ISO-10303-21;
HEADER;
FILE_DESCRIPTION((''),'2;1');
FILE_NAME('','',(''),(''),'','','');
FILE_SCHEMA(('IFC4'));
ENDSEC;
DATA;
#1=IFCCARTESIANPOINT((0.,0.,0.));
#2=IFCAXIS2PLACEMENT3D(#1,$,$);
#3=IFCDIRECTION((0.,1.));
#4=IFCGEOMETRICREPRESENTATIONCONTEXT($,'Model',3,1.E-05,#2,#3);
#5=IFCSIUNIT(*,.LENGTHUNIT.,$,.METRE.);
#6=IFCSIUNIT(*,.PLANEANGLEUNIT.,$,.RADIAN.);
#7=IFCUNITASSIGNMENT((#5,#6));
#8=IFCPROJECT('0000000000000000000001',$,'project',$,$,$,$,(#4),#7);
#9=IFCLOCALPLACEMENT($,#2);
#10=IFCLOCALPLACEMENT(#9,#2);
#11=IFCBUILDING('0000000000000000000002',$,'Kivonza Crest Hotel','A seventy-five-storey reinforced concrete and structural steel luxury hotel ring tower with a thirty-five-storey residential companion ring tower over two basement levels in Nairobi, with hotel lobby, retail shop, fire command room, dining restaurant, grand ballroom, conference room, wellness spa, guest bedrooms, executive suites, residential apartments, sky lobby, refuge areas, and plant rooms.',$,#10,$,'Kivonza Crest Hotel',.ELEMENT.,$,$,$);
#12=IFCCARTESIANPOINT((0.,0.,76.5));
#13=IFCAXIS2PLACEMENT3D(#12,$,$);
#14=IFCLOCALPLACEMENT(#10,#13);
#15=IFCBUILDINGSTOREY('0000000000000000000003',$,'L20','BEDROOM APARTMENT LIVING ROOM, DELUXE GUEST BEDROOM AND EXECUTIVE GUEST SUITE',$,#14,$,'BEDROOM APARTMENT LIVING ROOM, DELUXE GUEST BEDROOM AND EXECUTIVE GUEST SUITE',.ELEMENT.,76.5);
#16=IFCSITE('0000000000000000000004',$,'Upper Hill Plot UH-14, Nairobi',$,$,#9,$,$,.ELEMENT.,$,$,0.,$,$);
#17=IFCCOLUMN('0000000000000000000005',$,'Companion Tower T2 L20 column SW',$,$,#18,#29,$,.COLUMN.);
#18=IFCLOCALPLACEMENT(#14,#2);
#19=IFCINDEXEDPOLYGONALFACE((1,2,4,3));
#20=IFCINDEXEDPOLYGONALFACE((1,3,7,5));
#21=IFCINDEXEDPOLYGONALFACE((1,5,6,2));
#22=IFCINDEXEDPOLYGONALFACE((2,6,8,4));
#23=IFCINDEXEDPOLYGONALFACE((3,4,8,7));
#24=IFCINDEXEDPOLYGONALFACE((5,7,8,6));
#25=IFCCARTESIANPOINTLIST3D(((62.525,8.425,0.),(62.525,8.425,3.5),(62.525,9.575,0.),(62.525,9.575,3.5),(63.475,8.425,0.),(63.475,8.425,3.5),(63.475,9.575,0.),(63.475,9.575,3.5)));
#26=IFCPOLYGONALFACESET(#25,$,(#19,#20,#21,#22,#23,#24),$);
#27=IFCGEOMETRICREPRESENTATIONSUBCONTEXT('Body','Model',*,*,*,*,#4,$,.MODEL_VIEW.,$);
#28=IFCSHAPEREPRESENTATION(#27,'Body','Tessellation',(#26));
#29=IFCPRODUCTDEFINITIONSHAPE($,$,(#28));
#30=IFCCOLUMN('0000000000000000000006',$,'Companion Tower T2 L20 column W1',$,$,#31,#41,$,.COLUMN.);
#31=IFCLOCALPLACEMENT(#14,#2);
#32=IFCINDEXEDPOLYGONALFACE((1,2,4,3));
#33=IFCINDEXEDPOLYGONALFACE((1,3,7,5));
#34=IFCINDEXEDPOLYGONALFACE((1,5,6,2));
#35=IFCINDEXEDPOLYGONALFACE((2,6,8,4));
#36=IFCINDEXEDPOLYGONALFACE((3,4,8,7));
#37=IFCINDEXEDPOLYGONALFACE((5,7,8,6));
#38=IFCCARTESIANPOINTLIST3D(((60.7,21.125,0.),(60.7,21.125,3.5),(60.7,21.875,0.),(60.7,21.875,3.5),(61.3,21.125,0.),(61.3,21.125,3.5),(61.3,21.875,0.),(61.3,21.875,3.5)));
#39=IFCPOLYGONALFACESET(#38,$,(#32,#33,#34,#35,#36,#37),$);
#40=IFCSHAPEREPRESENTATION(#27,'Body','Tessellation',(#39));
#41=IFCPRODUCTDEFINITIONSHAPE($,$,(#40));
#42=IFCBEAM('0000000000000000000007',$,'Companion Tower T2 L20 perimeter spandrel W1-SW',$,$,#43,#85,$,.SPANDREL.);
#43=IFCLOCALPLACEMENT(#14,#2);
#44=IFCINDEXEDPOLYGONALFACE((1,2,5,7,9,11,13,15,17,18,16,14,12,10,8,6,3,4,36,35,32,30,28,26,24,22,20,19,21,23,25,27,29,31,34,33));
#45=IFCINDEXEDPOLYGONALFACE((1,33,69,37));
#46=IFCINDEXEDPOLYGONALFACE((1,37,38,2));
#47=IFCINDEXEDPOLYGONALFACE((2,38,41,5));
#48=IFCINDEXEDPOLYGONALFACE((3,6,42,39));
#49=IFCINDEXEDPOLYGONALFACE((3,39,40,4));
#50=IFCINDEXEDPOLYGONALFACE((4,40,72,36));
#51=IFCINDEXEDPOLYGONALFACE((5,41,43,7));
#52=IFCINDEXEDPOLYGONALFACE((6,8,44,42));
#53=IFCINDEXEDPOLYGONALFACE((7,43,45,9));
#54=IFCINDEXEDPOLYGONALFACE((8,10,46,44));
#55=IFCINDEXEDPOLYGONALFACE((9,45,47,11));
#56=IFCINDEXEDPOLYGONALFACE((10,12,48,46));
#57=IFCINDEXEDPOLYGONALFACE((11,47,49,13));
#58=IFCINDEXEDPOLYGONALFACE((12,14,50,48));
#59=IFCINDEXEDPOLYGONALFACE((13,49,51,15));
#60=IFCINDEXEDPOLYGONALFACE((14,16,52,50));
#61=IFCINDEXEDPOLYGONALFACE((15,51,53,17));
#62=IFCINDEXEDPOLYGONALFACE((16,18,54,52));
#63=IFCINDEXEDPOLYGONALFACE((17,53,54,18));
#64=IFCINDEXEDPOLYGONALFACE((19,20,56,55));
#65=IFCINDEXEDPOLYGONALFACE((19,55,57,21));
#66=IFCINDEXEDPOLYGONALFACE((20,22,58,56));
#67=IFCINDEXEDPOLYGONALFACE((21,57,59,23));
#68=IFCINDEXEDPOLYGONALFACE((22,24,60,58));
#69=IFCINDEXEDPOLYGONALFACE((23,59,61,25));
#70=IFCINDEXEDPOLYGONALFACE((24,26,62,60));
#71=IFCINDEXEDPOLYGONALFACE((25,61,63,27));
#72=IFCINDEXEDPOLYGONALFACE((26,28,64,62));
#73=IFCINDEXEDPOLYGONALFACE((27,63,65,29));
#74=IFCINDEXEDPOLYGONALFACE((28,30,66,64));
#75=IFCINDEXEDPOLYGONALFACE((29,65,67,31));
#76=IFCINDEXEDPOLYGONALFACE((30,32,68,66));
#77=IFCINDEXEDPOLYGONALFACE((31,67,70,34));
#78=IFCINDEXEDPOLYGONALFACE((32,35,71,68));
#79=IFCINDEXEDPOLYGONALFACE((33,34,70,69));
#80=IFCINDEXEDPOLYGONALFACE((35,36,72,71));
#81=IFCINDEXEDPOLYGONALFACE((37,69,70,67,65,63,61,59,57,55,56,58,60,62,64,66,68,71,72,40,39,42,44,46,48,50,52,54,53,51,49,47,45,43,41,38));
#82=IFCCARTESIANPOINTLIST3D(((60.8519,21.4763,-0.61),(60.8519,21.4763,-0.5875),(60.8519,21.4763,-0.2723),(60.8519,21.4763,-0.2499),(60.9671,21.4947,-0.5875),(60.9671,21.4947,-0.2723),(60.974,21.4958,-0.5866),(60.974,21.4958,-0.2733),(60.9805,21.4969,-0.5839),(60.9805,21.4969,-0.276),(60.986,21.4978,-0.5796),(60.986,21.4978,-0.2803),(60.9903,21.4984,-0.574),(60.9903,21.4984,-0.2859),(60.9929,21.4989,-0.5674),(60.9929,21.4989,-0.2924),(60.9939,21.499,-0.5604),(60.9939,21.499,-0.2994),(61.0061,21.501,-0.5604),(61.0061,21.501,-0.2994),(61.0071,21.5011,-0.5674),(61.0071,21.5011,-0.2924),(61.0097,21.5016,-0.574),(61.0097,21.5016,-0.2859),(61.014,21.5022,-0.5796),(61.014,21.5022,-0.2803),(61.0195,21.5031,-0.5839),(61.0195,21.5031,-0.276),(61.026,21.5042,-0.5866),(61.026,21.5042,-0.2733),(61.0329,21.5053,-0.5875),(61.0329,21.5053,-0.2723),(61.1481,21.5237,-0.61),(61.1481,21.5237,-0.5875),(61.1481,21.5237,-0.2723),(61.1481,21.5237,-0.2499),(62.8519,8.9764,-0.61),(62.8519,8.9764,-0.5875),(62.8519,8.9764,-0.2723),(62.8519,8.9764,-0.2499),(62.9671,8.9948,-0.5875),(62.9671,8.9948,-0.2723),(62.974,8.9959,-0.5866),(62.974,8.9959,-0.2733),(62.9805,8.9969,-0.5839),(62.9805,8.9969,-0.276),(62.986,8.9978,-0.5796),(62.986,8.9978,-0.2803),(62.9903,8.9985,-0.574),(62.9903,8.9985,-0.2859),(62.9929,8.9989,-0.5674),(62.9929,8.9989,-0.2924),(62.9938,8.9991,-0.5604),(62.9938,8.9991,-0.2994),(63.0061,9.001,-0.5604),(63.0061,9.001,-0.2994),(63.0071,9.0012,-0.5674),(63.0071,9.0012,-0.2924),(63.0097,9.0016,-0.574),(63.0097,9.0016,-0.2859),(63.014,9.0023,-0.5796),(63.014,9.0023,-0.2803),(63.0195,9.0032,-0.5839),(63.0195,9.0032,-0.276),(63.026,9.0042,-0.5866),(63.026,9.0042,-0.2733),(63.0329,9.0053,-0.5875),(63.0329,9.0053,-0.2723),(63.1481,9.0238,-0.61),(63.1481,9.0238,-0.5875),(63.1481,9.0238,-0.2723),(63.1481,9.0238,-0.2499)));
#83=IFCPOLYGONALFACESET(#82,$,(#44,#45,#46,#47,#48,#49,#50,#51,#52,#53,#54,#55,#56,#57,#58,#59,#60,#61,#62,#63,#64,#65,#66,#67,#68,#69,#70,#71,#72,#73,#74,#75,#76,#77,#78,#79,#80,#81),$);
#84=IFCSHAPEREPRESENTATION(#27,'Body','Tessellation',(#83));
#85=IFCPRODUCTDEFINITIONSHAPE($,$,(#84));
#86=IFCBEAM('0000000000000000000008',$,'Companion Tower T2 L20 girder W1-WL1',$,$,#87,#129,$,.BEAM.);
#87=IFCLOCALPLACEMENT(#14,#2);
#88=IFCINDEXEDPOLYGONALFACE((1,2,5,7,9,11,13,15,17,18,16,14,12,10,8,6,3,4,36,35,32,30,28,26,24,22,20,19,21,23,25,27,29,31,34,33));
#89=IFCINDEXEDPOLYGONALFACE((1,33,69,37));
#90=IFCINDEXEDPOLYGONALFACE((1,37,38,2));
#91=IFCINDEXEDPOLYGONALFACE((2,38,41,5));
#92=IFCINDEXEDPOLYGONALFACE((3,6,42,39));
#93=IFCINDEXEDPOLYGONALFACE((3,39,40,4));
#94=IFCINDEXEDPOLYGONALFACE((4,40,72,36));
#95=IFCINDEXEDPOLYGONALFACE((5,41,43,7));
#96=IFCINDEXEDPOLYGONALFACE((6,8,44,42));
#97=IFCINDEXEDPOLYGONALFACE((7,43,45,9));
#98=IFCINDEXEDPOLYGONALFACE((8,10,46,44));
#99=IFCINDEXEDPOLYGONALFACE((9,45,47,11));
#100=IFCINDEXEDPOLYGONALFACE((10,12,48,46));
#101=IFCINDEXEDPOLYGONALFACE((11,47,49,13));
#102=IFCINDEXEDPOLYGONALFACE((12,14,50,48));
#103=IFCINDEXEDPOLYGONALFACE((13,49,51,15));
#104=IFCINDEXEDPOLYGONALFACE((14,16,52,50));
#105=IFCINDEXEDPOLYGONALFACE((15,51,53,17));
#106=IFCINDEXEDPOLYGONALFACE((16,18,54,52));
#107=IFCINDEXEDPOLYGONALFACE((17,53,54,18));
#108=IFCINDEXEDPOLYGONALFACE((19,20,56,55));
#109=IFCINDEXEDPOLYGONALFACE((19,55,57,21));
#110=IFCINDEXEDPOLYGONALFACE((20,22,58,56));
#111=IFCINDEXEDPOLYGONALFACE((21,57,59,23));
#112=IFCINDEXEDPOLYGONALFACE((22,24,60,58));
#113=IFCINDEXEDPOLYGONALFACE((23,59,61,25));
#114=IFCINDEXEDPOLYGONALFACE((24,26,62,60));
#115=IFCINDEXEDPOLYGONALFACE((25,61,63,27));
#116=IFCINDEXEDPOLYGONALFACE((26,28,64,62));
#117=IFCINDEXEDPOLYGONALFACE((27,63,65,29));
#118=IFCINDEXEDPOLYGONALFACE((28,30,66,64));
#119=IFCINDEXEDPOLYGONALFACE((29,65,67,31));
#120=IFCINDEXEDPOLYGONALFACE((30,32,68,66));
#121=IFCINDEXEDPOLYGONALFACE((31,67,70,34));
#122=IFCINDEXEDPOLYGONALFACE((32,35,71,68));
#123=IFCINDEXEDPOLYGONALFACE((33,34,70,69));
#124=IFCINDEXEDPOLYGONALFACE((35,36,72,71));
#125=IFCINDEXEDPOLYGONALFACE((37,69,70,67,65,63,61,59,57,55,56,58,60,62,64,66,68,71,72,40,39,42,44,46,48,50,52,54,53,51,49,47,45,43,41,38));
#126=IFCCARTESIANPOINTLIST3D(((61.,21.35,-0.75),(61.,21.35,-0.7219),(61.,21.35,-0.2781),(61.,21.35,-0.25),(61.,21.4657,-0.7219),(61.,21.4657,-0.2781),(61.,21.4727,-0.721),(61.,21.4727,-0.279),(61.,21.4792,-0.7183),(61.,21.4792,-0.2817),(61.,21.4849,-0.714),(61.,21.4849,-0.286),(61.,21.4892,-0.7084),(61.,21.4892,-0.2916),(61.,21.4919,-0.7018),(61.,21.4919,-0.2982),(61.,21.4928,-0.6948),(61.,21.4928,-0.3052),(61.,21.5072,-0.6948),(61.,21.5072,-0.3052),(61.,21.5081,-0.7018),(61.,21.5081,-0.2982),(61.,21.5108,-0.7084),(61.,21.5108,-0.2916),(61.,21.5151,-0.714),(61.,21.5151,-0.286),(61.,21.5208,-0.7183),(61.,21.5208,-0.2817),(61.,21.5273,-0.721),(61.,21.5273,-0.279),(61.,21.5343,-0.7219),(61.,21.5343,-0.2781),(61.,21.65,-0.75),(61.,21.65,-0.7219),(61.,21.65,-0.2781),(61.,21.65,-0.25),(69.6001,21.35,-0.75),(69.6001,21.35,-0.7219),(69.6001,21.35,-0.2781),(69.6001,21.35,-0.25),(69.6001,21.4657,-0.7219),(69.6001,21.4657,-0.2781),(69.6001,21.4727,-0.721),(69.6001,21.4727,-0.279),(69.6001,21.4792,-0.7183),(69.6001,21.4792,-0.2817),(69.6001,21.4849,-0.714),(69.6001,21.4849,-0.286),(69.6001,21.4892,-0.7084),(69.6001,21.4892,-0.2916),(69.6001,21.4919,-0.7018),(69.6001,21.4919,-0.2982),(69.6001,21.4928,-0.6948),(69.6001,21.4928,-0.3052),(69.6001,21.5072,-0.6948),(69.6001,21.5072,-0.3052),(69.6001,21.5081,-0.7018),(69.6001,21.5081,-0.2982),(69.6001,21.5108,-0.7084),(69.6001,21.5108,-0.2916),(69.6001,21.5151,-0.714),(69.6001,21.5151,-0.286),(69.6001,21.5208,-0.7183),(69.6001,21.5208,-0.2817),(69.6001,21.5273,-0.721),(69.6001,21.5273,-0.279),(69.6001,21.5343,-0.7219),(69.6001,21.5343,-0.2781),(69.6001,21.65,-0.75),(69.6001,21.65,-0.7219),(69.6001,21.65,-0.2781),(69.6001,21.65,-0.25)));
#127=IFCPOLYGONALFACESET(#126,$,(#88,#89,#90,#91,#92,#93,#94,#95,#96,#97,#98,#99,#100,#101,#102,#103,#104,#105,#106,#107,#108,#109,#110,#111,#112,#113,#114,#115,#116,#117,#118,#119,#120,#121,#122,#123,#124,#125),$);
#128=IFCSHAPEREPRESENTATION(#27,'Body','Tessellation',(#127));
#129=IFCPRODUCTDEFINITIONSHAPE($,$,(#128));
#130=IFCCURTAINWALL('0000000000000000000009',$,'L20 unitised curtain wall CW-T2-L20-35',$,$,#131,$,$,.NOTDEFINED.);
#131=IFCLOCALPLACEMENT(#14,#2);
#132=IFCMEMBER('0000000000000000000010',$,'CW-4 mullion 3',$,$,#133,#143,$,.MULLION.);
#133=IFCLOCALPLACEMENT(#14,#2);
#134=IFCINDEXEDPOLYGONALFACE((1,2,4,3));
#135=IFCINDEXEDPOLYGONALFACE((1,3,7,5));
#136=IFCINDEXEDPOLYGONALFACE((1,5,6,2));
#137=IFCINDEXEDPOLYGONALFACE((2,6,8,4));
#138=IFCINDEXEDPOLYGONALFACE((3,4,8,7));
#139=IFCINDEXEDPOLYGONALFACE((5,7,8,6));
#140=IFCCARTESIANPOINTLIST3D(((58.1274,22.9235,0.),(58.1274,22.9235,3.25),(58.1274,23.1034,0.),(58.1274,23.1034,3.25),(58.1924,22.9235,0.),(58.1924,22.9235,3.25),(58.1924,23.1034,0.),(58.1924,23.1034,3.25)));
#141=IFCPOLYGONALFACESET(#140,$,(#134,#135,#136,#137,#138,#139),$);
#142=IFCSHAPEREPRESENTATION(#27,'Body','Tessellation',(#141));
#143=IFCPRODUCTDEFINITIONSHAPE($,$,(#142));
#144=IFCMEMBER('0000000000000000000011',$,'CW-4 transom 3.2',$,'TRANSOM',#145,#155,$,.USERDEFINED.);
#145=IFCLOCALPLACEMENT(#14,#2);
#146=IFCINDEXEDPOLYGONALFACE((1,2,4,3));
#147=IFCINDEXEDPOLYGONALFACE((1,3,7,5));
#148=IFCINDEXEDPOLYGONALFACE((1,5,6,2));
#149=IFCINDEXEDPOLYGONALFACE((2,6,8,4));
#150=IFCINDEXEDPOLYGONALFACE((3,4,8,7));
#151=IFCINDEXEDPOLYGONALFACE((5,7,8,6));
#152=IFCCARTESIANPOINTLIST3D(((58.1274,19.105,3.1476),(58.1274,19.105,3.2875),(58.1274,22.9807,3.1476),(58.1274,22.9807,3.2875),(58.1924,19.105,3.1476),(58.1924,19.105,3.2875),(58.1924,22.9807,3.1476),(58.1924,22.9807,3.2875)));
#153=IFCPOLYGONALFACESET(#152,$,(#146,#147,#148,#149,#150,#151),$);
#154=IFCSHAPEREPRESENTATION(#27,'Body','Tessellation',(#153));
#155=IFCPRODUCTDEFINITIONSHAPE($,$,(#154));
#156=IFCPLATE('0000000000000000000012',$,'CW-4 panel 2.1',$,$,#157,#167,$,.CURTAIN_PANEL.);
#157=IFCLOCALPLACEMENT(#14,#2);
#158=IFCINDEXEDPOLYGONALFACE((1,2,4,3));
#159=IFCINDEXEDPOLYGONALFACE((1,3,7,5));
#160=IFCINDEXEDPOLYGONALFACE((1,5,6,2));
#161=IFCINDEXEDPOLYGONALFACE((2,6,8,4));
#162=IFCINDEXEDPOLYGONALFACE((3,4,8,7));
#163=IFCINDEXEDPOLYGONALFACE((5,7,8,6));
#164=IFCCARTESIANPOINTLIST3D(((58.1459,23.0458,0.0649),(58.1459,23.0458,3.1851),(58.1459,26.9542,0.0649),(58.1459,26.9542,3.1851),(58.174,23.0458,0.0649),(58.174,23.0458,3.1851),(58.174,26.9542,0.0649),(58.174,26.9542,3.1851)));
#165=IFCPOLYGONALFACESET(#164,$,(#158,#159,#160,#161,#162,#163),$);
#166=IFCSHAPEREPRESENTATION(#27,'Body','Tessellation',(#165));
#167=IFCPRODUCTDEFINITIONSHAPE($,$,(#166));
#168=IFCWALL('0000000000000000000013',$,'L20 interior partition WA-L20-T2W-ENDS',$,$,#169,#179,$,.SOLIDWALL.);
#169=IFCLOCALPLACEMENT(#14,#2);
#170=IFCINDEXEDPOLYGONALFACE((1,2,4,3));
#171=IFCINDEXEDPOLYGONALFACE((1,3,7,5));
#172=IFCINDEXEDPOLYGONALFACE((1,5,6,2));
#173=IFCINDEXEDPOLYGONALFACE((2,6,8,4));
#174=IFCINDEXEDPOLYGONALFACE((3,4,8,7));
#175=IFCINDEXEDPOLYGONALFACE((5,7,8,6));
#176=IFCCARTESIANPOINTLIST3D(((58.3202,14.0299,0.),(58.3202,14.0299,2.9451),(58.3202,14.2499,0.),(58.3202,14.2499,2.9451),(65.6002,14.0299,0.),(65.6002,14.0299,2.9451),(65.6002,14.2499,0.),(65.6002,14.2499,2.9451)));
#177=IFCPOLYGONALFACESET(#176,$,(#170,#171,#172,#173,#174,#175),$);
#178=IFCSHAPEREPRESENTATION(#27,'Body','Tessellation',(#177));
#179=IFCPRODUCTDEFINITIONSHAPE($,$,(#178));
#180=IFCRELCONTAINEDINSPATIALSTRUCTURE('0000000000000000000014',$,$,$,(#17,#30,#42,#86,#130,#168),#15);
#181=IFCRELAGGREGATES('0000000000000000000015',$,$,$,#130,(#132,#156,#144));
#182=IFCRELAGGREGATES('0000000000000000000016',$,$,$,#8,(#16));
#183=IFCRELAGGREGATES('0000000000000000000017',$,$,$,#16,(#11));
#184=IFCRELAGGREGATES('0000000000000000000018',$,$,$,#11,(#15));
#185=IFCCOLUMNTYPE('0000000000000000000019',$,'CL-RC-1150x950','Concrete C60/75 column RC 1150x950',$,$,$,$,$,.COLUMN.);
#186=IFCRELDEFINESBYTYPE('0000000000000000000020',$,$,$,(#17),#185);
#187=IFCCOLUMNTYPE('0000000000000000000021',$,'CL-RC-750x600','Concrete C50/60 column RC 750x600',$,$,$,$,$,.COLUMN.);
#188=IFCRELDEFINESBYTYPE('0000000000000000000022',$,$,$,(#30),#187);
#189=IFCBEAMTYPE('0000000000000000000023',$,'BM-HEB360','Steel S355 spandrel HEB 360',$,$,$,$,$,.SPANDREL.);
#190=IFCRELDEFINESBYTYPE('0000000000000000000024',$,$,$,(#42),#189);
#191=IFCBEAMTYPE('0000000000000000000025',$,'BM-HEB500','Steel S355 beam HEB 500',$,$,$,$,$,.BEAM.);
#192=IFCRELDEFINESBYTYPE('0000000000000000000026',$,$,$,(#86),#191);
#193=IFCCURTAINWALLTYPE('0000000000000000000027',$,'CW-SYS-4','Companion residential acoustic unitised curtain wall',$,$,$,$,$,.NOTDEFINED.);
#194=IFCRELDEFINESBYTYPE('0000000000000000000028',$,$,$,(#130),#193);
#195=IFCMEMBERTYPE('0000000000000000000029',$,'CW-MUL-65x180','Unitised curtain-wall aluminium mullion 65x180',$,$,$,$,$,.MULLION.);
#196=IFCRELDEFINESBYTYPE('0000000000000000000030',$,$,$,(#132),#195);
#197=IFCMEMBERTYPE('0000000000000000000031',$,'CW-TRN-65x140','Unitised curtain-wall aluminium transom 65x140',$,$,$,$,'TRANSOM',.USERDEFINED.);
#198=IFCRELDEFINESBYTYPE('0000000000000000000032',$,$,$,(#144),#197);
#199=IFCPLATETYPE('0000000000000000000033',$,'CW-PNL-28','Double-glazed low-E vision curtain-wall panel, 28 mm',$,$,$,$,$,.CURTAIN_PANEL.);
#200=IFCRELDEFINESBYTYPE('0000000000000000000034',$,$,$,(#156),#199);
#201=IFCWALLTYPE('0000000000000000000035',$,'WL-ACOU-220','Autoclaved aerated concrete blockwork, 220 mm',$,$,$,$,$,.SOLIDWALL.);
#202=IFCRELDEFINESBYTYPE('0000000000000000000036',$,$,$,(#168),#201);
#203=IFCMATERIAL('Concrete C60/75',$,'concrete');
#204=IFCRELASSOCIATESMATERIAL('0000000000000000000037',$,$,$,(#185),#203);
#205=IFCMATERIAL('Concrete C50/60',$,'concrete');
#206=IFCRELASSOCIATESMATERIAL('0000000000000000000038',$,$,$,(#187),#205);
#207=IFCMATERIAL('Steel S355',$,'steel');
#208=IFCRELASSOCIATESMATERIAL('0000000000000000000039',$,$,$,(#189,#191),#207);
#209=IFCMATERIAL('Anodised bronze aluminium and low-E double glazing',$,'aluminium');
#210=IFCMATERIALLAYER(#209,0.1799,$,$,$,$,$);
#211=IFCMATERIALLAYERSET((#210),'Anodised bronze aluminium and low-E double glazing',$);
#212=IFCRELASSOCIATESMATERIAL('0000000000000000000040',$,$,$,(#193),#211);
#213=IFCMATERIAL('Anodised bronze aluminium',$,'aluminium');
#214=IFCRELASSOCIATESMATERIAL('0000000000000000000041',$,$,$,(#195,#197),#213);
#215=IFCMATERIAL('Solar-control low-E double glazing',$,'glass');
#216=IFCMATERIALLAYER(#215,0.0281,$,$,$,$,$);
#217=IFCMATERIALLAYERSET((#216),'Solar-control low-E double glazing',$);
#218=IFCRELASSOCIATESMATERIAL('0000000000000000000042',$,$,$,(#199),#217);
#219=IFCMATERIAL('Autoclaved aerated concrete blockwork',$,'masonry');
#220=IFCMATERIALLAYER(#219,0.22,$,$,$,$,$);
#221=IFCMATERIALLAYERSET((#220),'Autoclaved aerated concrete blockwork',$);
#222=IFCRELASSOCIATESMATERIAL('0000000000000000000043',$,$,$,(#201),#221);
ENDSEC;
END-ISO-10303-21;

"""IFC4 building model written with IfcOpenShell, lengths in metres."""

from ifc_helpers import new_model, si_unit, direction, frame, frame_2d, origin, origin_2d, place, context, subcontext, project, spatial, rectangle, i_section, extrude, material, layer, layer_set, material_profile, profile_set, type_object, element, aggregate, save


model = new_model("IFC4")

# Units and contexts
model_context = context("Model", 3, precision=1e-05, world=origin(), true_north=direction((0.0, 1.0)))
body_context = subcontext(model_context, "Body", "Model", "MODEL_VIEW")
ifc_project = project(units=[si_unit("LENGTHUNIT", "METRE"), si_unit("PLANEANGLEUNIT", "RADIAN")], contexts=[model_context])

# Site, building, storey
site_placement = place(None, origin())
site = spatial("IfcSite", under=ifc_project, at=site_placement, Name="Upper Hill Plot UH-14, Nairobi", CompositionType="ELEMENT", RefElevation=0.0)
building_placement = place(site_placement, origin())
building = spatial("IfcBuilding", under=site, at=building_placement, Name="Kivonza Crest Hotel", Description="A seventy-five-storey reinforced concrete and structural steel luxury hotel ring tower with a thirty-five-storey residential companion ring tower over two basement levels in Nairobi, with hotel lobby, retail shop, fire command room, dining restaurant, grand ballroom, conference room, wellness spa, guest bedrooms, executive suites, residential apartments, sky lobby, refuge areas, and plant rooms.", LongName="Kivonza Crest Hotel", CompositionType="ELEMENT")
storey_placement = place(building_placement, frame((0.0, 0.0, 76.5)))
storey = spatial("IfcBuildingStorey", under=building, at=storey_placement, Name="L20", Description="BEDROOM APARTMENT LIVING ROOM, DELUXE GUEST BEDROOM AND EXECUTIVE GUEST SUITE", LongName="BEDROOM APARTMENT LIVING ROOM, DELUXE GUEST BEDROOM AND EXECUTIVE GUEST SUITE", CompositionType="ELEMENT", Elevation=76.5)

# Columns
ifc_material_1 = material(Name="Concrete C60/75", Category="concrete")
ifc_material_profile_1 = material_profile(ifc_material_1, rectangle(XDim=0.95, YDim=1.1499, at=origin_2d()), Name="RC 1150x950")
ifc_profile_set_1 = profile_set([ifc_material_profile_1], Name="Concrete C60/75")
column_type_1 = type_object("IfcColumnType", Name="CL-RC-1150x950", Description="Concrete C60/75 column RC 1150x950", PredefinedType="COLUMN", material=ifc_profile_set_1)
column_1_placement = place(storey_placement, frame((63.0, 9.0, 0.0), z_axis=(0.0, 0.0, 1.0), x_axis=(1.0, 0.0, 0.0)))
element("IfcColumn", 1, at=column_1_placement, inside=storey, type_object=column_type_1, Name="Companion Tower T2 L20 column SW", PredefinedType="COLUMN", context=body_context, shape_type="SweptSolid", body=[
    extrude(rectangle(XDim=0.95, YDim=1.1499, at=origin_2d()), origin(), (0.0, 0.0, 1.0), 3.5),
])
ifc_material_2 = material(Name="Concrete C50/60", Category="concrete")
ifc_material_profile_2 = material_profile(ifc_material_2, rectangle(XDim=0.6001, YDim=0.75, at=origin_2d()), Name="RC 750x600")
ifc_profile_set_2 = profile_set([ifc_material_profile_2], Name="Concrete C50/60")
column_type_2 = type_object("IfcColumnType", Name="CL-RC-750x600", Description="Concrete C50/60 column RC 750x600", PredefinedType="COLUMN", material=ifc_profile_set_2)
column_2_placement = place(storey_placement, frame((61.0, 21.5, 0.0), z_axis=(0.0, 0.0, 1.0), x_axis=(1.0, 0.0, 0.0)))
element("IfcColumn", 2, at=column_2_placement, inside=storey, type_object=column_type_2, Name="Companion Tower T2 L20 column W1", PredefinedType="COLUMN", context=body_context, shape_type="SweptSolid", body=[
    extrude(rectangle(XDim=0.6001, YDim=0.75, at=origin_2d()), origin(), (0.0, 0.0, 1.0), 3.5),
])

# Beams
ifc_material_3 = material(Name="Steel S355", Category="steel")
ifc_material_profile_3 = material_profile(ifc_material_3, i_section(OverallWidth=0.3, OverallDepth=0.3601, WebThickness=0.0125, FlangeThickness=0.0225, FilletRadius=0.0271, at=origin_2d()), Name="HEB 360")
ifc_profile_set_3 = profile_set([ifc_material_profile_3], Name="Steel S355")
beam_type_1 = type_object("IfcBeamType", Name="BM-HEB360", Description="Steel S355 spandrel HEB 360", PredefinedType="SPANDREL", material=ifc_profile_set_3)
beam_1_placement = place(storey_placement, frame((61.0, 21.5, -0.4299), z_axis=(0.157991, -0.987441, 0.0), x_axis=(0.987441, 0.157991, 0.0)))
element("IfcBeam", 3, at=beam_1_placement, inside=storey, type_object=beam_type_1, Name="Companion Tower T2 L20 perimeter spandrel W1-SW", PredefinedType="SPANDREL", context=body_context, shape_type="SweptSolid", body=[
    extrude(i_section(OverallWidth=0.3, OverallDepth=0.3601, WebThickness=0.0125, FlangeThickness=0.0225, FilletRadius=0.0271, at=origin_2d()), origin(), (0.0, 0.0, 1.0), 12.6589),
])
ifc_material_profile_4 = material_profile(ifc_material_3, i_section(OverallWidth=0.3, OverallDepth=0.5, WebThickness=0.0144, FlangeThickness=0.0281, FilletRadius=0.0271, at=origin_2d()), Name="HEB 500")
ifc_profile_set_4 = profile_set([ifc_material_profile_4], Name="Steel S355")
beam_type_2 = type_object("IfcBeamType", Name="BM-HEB500", Description="Steel S355 beam HEB 500", PredefinedType="BEAM", material=ifc_profile_set_4)
beam_2_placement = place(storey_placement, frame((61.0, 21.5, -0.5), z_axis=(1.0, 0.0, 0.0), x_axis=(0.0, 1.0, 0.0)))
element("IfcBeam", 4, at=beam_2_placement, inside=storey, type_object=beam_type_2, Name="Companion Tower T2 L20 girder W1-WL1", PredefinedType="BEAM", context=body_context, shape_type="SweptSolid", body=[
    extrude(i_section(OverallWidth=0.3, OverallDepth=0.5, WebThickness=0.0144, FlangeThickness=0.0281, FilletRadius=0.0271, at=origin_2d()), origin(), (0.0, 0.0, 1.0), 8.6001),
])

# Curtain wall, members, plate
ifc_material_4 = material(Name="Anodised bronze aluminium and low-E double glazing", Category="aluminium")
ifc_layer_1 = layer(ifc_material_4, 0.1799)
ifc_layer_set_1 = layer_set([ifc_layer_1], Name="Anodised bronze aluminium and low-E double glazing")
curtain_wall_type = type_object("IfcCurtainWallType", Name="CW-SYS-4", Description="Companion residential acoustic unitised curtain wall", PredefinedType="NOTDEFINED", material=ifc_layer_set_1)
curtain_wall_placement = place(storey_placement, origin())
curtain_wall = element("IfcCurtainWall", 5, at=curtain_wall_placement, inside=storey, type_object=curtain_wall_type, Name="L20 unitised curtain wall CW-T2-L20-35", PredefinedType="NOTDEFINED")
ifc_material_5 = material(Name="Anodised bronze aluminium", Category="aluminium")
ifc_material_profile_5 = material_profile(ifc_material_5, rectangle(XDim=0.0649, YDim=0.1799, at=origin_2d()), Name="CW-M 65x180")
ifc_profile_set_5 = profile_set([ifc_material_profile_5], Name="Anodised bronze aluminium")
member_type_1 = type_object("IfcMemberType", Name="CW-MUL-65x180", Description="Unitised curtain-wall aluminium mullion 65x180", PredefinedType="MULLION", material=ifc_profile_set_5)
member_1_placement = place(storey_placement, frame((58.1599, 23.0134, 0.0), z_axis=(0.0, 0.0, 1.0), x_axis=(1.0, 0.0, 0.0)))
member_1 = element("IfcMember", 6, at=member_1_placement, type_object=member_type_1, Name="CW-4 mullion 3", PredefinedType="MULLION", context=body_context, shape_type="SweptSolid", body=[
    extrude(rectangle(XDim=0.0649, YDim=0.1799, at=origin_2d()), origin(), (0.0, 0.0, 1.0), 3.25),
])
ifc_material_profile_6 = material_profile(ifc_material_5, rectangle(XDim=0.0649, YDim=0.1399, at=origin_2d()), Name="CW-T 65x140")
ifc_profile_set_6 = profile_set([ifc_material_profile_6], Name="Anodised bronze aluminium")
member_type_2 = type_object("IfcMemberType", Name="CW-TRN-65x140", Description="Unitised curtain-wall aluminium transom 65x140", ElementType="TRANSOM", PredefinedType="USERDEFINED", material=ifc_profile_set_6)
member_2_placement = place(storey_placement, frame((58.1599, 22.9807, 3.2175), z_axis=(0.0, -1.0, 0.0), x_axis=(1.0, 0.0, 0.0)))
member_2 = element("IfcMember", 7, at=member_2_placement, type_object=member_type_2, Name="CW-4 transom 3.2", ObjectType="TRANSOM", PredefinedType="USERDEFINED", context=body_context, shape_type="SweptSolid", body=[
    extrude(rectangle(XDim=0.0649, YDim=0.1399, at=origin_2d()), origin(), (0.0, 0.0, 1.0), 3.8757),
])
ifc_material_6 = material(Name="Solar-control low-E double glazing", Category="glass")
ifc_layer_2 = layer(ifc_material_6, 0.0281)
ifc_layer_set_2 = layer_set([ifc_layer_2], Name="Solar-control low-E double glazing")
plate_type = type_object("IfcPlateType", Name="CW-PNL-28", Description="Double-glazed low-E vision curtain-wall panel, 28 mm", PredefinedType="CURTAIN_PANEL", material=ifc_layer_set_2)
plate_placement = place(storey_placement, frame((58.1599, 25.0, 0.0649), z_axis=(0.0, 0.0, 1.0), x_axis=(0.0, -1.0, 0.0)))
plate = element("IfcPlate", 8, at=plate_placement, type_object=plate_type, Name="CW-4 panel 2.1", PredefinedType="CURTAIN_PANEL", context=body_context, shape_type="SweptSolid", body=[
    extrude(rectangle(XDim=3.9084, YDim=0.0281, at=origin_2d()), origin(), (0.0, 0.0, 1.0), 3.1201),
])
aggregate(curtain_wall, [member_1, plate, member_2])

# Wall
ifc_material_7 = material(Name="Autoclaved aerated concrete blockwork", Category="masonry")
ifc_layer_3 = layer(ifc_material_7, 0.22)
ifc_layer_set_3 = layer_set([ifc_layer_3], Name="Autoclaved aerated concrete blockwork")
wall_type_1 = type_object("IfcWallType", Name="WL-ACOU-220", Description="Autoclaved aerated concrete blockwork, 220 mm", PredefinedType="SOLIDWALL", material=ifc_layer_set_3)
wall_1_placement = place(storey_placement, frame((58.3201, 14.1399, 0.0), z_axis=(0.0, 0.0, 1.0), x_axis=(1.0, 0.0, 0.0)))
element("IfcWall", 9, at=wall_1_placement, inside=storey, type_object=wall_type_1, Name="L20 interior partition WA-L20-T2W-ENDS", PredefinedType="SOLIDWALL", context=body_context, shape_type="SweptSolid", body=[
    extrude(rectangle(XDim=7.28, YDim=0.22, at=frame_2d((3.6401, 0.0))), origin(), (0.0, 0.0, 1.0), 2.9451),
])

save(model, "model.ifc")
